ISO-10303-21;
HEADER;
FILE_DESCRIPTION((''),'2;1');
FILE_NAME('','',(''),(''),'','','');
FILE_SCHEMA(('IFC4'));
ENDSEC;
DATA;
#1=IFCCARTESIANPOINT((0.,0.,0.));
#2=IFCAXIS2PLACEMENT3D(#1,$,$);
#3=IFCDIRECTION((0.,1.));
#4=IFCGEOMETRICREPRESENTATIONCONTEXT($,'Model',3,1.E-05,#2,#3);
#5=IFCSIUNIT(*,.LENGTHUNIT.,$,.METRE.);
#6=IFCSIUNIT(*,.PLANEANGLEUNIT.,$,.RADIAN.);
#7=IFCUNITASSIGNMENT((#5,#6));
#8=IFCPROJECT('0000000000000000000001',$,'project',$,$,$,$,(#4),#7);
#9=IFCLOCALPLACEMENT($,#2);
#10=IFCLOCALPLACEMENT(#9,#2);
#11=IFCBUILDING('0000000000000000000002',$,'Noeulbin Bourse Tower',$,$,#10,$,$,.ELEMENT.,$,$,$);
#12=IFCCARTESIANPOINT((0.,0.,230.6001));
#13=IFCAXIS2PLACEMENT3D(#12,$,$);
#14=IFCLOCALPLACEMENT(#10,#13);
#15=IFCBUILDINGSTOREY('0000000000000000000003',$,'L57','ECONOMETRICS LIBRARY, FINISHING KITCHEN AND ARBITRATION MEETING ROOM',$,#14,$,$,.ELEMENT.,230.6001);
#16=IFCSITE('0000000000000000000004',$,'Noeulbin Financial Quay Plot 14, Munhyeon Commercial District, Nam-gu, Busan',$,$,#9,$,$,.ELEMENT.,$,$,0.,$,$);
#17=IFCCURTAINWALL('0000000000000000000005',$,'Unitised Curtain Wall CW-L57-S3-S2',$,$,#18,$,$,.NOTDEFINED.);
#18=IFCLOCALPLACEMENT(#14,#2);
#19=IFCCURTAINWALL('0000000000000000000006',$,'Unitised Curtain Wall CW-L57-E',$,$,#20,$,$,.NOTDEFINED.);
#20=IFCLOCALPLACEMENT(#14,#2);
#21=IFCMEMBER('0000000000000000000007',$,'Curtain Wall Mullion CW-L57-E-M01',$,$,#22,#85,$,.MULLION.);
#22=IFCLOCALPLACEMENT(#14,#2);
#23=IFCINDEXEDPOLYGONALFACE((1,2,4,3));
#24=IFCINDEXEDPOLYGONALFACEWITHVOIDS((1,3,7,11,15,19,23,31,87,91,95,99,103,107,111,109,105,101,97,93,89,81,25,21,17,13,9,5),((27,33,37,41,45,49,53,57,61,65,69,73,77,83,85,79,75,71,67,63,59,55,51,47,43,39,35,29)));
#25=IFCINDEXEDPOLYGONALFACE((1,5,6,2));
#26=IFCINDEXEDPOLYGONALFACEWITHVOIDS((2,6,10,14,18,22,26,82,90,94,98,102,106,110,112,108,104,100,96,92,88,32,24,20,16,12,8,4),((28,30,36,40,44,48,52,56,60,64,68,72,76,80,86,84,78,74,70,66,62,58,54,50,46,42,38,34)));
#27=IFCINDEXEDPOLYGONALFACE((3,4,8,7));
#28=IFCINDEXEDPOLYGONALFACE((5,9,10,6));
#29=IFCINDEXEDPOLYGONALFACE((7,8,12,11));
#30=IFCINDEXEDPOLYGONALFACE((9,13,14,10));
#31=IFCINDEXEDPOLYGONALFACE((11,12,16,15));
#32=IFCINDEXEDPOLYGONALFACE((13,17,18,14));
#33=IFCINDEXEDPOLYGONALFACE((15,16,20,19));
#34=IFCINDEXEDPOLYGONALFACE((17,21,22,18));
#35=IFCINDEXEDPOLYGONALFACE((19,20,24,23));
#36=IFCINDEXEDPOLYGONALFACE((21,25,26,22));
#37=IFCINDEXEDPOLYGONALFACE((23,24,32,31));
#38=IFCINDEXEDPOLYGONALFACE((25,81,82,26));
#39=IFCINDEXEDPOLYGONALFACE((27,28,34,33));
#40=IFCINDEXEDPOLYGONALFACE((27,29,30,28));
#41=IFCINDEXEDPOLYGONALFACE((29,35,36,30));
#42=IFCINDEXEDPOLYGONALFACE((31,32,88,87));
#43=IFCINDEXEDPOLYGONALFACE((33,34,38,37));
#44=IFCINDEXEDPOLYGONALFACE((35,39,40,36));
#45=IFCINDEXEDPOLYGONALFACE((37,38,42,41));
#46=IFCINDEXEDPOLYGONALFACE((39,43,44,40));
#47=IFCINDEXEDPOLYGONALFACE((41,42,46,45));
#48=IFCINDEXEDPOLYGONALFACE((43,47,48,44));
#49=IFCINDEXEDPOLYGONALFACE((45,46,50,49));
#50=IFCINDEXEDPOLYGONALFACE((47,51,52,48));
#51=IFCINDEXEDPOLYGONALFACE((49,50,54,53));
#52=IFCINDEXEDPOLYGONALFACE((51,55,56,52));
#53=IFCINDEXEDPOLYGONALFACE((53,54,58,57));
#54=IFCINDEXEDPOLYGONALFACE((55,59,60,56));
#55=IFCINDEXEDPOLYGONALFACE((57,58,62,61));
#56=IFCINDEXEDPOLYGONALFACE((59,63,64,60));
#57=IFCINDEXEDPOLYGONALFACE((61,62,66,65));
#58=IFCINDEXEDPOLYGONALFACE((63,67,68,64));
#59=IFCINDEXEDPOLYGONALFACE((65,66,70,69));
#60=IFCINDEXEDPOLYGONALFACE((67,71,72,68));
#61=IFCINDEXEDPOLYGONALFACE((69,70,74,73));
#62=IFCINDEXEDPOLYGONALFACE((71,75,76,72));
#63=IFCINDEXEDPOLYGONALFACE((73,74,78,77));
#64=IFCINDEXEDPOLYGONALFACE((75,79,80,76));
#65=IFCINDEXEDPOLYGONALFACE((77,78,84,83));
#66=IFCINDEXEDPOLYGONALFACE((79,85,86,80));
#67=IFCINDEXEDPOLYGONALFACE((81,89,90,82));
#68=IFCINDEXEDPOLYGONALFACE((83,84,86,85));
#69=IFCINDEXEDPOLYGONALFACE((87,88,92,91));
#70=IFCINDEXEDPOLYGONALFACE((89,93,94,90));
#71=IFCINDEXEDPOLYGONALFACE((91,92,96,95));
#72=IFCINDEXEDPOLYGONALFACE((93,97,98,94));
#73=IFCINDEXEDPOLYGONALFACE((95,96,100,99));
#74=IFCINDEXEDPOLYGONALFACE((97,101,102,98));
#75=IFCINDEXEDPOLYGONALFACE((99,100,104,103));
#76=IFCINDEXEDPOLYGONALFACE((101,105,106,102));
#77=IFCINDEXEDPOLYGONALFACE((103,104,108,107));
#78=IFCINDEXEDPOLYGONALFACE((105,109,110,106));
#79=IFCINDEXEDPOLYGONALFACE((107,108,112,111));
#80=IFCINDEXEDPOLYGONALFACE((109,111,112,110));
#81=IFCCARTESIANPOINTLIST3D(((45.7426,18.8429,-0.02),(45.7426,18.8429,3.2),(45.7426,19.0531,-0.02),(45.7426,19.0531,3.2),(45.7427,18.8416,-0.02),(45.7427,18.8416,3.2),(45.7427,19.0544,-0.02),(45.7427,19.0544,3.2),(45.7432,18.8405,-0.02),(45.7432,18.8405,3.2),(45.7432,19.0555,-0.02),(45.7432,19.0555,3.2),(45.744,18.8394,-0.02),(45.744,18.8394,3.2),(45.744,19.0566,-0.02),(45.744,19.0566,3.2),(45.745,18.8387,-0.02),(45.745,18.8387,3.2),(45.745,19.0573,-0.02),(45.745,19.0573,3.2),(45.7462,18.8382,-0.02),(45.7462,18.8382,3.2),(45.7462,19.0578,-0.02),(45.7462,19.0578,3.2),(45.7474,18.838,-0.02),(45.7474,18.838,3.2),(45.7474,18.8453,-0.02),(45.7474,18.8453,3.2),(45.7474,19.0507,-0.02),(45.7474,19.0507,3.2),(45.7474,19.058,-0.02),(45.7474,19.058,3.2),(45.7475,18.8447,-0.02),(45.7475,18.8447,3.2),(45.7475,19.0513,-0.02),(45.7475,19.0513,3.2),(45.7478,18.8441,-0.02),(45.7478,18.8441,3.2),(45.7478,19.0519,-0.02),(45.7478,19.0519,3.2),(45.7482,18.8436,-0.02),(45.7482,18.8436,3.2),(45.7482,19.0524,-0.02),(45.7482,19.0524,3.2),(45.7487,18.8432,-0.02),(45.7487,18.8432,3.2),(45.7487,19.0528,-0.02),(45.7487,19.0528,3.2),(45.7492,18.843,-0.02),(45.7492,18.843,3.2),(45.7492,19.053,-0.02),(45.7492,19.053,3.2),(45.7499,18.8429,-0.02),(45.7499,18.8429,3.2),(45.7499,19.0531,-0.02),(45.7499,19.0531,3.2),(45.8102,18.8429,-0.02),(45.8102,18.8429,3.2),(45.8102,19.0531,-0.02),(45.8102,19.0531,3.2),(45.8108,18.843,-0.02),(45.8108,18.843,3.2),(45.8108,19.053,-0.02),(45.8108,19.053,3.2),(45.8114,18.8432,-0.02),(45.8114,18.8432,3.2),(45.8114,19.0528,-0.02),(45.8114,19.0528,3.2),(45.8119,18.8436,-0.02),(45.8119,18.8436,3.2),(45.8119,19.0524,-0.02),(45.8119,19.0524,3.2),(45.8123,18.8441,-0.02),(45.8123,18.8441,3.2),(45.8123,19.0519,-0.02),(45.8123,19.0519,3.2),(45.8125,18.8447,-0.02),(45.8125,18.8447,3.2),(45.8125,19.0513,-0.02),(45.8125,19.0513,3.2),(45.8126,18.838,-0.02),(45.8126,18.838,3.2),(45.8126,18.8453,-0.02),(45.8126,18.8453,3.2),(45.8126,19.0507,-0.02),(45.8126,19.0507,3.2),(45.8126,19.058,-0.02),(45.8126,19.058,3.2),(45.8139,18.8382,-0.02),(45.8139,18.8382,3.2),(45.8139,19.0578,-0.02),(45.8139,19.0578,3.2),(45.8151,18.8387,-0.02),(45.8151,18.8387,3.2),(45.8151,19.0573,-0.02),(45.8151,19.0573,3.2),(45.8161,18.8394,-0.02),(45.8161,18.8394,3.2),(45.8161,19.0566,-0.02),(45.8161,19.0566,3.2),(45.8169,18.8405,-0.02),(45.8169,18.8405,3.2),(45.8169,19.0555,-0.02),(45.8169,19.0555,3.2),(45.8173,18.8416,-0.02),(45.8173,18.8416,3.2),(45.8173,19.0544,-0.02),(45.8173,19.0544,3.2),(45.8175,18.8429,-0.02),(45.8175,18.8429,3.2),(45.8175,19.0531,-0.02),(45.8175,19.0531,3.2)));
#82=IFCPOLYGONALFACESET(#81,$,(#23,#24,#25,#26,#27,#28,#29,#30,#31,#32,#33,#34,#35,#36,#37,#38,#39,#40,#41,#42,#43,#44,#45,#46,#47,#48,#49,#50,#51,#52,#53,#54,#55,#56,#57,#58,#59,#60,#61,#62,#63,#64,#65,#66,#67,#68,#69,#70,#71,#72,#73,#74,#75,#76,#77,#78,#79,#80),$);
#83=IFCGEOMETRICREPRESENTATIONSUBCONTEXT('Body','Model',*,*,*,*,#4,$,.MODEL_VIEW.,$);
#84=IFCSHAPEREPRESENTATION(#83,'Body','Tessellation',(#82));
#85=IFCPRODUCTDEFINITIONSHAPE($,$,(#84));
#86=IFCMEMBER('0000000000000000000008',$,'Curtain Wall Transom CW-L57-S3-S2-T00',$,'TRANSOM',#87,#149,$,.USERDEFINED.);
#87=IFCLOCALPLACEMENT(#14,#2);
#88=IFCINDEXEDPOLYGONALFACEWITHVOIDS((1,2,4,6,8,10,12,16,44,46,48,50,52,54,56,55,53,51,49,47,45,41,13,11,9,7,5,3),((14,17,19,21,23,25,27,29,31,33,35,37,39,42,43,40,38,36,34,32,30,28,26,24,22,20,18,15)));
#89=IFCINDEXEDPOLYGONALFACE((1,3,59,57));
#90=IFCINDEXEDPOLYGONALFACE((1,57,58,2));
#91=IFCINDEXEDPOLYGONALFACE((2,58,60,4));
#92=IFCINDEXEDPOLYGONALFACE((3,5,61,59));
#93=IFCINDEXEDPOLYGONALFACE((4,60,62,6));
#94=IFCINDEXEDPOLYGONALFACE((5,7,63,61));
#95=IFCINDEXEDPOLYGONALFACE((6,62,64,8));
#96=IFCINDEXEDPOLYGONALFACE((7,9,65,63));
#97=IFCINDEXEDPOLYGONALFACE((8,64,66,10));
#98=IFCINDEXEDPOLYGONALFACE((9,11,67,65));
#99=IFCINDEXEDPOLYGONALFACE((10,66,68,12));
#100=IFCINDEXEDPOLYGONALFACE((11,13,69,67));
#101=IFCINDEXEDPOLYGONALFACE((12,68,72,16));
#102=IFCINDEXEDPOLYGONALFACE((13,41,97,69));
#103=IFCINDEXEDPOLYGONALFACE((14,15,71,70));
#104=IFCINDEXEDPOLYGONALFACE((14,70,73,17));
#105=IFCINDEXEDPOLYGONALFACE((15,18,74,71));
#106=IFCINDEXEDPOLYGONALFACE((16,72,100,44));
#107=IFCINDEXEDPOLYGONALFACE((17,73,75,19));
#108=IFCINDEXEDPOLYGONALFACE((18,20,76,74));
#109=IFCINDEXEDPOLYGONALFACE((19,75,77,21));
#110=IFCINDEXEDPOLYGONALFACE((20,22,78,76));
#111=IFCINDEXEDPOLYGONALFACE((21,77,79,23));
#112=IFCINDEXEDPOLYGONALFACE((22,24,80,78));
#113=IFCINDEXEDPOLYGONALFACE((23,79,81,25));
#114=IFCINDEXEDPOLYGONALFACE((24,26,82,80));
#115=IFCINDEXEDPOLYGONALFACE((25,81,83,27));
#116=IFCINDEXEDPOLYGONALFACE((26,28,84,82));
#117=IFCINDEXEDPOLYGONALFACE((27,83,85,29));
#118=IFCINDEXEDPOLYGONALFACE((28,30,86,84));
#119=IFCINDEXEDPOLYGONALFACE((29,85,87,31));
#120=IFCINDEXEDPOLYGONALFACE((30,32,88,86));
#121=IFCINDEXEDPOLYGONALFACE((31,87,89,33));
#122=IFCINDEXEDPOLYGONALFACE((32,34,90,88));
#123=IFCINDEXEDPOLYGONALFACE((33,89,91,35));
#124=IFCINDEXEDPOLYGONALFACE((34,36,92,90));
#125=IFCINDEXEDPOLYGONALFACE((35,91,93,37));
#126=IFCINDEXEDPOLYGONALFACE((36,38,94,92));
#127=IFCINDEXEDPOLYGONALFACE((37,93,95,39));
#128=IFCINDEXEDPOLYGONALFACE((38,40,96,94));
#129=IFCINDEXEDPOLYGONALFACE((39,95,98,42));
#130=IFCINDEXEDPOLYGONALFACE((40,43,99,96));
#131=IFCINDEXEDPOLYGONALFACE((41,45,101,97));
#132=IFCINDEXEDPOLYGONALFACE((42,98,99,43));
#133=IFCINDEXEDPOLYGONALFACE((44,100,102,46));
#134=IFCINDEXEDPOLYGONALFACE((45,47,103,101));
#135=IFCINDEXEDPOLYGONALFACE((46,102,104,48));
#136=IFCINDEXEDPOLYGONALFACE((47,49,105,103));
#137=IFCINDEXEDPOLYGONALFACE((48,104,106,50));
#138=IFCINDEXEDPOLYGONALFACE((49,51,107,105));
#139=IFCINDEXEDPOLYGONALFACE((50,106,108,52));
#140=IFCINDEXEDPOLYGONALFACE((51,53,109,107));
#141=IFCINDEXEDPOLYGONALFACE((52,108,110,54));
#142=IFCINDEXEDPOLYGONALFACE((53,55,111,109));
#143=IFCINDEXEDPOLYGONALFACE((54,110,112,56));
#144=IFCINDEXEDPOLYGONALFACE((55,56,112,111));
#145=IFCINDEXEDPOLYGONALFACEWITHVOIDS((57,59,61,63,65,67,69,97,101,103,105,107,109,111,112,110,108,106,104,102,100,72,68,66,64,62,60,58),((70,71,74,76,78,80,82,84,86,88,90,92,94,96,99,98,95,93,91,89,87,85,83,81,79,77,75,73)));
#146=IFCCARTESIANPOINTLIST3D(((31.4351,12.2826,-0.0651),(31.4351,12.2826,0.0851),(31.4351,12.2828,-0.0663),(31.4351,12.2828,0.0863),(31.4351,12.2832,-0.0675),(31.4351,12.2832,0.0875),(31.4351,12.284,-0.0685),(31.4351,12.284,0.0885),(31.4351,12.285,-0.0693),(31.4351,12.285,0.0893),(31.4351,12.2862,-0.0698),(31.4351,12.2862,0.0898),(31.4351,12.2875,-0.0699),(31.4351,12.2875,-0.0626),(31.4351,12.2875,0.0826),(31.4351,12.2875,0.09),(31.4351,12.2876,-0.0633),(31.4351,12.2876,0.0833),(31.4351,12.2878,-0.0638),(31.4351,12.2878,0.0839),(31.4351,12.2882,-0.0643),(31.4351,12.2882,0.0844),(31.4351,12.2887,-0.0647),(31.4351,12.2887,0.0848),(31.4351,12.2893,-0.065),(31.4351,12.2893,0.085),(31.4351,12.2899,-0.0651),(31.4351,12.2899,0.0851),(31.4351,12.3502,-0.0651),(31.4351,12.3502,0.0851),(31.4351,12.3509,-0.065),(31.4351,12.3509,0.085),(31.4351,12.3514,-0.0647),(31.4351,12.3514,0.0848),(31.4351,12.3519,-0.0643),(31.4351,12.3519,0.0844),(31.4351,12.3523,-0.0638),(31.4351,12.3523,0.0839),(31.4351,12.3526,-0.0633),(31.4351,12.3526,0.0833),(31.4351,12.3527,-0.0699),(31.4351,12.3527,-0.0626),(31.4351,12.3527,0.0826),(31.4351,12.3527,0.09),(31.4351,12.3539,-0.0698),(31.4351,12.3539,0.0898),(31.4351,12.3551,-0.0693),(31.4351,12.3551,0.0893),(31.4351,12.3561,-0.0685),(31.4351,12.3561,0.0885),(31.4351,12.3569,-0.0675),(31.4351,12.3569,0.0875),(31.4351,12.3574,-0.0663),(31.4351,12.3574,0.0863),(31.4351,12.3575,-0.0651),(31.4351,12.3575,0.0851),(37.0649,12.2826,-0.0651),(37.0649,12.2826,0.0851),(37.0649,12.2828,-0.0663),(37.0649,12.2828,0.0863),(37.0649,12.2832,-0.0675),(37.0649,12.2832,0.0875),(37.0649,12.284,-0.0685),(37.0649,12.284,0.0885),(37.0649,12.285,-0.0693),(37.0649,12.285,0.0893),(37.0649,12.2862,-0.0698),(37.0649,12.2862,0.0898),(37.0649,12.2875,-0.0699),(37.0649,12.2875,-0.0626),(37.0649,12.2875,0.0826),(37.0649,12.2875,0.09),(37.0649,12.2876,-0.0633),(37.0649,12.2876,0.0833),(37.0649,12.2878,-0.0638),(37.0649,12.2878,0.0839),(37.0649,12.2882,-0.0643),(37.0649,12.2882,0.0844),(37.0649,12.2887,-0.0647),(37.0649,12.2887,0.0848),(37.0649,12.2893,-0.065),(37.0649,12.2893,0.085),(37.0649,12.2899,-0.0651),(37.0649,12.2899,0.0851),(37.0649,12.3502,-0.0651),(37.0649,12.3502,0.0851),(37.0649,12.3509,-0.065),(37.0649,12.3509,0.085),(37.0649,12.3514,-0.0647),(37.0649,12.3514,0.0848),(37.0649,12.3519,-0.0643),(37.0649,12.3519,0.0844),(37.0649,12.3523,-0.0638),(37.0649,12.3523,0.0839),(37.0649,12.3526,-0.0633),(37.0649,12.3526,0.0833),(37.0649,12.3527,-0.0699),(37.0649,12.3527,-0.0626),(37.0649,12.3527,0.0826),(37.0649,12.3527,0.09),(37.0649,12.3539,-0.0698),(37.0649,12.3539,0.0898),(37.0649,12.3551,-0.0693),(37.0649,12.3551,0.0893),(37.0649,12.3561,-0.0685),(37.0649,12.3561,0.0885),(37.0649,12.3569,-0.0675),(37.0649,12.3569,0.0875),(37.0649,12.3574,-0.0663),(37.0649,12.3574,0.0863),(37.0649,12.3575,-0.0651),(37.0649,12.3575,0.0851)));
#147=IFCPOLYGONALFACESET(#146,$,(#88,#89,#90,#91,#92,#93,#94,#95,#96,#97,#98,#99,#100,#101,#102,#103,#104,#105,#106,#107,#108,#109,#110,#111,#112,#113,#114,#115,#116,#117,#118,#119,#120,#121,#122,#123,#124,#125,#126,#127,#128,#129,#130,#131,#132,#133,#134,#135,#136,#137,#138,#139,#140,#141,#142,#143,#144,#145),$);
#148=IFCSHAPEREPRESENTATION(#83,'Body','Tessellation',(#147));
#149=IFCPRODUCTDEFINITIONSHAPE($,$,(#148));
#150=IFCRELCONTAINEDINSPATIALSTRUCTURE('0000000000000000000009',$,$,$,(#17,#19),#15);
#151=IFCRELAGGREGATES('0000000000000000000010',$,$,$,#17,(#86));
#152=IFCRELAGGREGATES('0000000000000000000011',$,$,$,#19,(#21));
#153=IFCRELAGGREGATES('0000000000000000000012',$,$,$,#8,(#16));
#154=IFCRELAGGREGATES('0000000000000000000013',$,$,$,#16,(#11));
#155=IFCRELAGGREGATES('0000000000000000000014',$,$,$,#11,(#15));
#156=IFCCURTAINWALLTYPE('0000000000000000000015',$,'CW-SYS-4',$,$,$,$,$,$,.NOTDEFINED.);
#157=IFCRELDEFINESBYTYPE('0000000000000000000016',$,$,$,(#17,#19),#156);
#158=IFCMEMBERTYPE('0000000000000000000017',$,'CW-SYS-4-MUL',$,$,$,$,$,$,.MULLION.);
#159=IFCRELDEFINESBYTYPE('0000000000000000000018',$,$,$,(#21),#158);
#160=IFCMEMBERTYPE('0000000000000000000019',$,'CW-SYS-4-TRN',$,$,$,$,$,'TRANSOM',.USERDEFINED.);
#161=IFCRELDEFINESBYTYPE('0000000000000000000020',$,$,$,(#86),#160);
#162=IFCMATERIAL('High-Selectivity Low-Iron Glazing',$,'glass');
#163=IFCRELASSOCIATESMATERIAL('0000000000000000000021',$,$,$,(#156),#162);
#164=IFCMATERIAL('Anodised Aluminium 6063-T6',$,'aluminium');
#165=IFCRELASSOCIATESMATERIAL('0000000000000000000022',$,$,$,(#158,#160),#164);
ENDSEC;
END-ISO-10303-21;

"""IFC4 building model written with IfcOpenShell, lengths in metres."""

from ifc_helpers import new_model, si_unit, direction, frame, origin, origin_2d, place, context, subcontext, project, spatial, hollow_rectangle, extrude, material, material_profile, profile_set, type_object, element, aggregate, save


model = new_model("IFC4")

# Units and contexts
model_context = context("Model", 3, precision=1e-05, world=origin(), true_north=direction((0.0, 1.0)))
body_context = subcontext(model_context, "Body", "Model", "MODEL_VIEW")
ifc_project = project(units=[si_unit("LENGTHUNIT", "METRE"), si_unit("PLANEANGLEUNIT", "RADIAN")], contexts=[model_context])

# Site, building, storey
site_placement = place(None, origin())
site = spatial("IfcSite", under=ifc_project, at=site_placement, Name="Noeulbin Financial Quay Plot 14, Munhyeon Commercial District, Nam-gu, Busan", CompositionType="ELEMENT", RefElevation=0.0)
building_placement = place(site_placement, origin())
building = spatial("IfcBuilding", under=site, at=building_placement, Name="Noeulbin Bourse Tower", CompositionType="ELEMENT")
storey_placement = place(building_placement, frame((0.0, 0.0, 230.6001)))
storey = spatial("IfcBuildingStorey", under=building, at=storey_placement, Name="L57", Description="ECONOMETRICS LIBRARY, FINISHING KITCHEN AND ARBITRATION MEETING ROOM", CompositionType="ELEMENT", Elevation=230.6001)

# Curtain walls, member
ifc_material_1 = material(Name="High-Selectivity Low-Iron Glazing", Category="glass")
curtain_wall_type = type_object("IfcCurtainWallType", Name="CW-SYS-4", PredefinedType="NOTDEFINED", material=ifc_material_1)
curtain_wall_1_placement = place(storey_placement, origin())
curtain_wall_1 = element("IfcCurtainWall", 1, at=curtain_wall_1_placement, inside=storey, type_object=curtain_wall_type, Name="Unitised Curtain Wall CW-L57-S3-S2", PredefinedType="NOTDEFINED")
ifc_material_2 = material(Name="Anodised Aluminium 6063-T6", Category="aluminium")
ifc_material_profile_1 = material_profile(ifc_material_2, hollow_rectangle(XDim=0.075, YDim=0.22, WallThickness=0.0049, InnerFilletRadius=0.0024, OuterFilletRadius=0.0049, at=origin_2d()), Name="ALU-MULL-75x220x5", Category="LoadBearing")
ifc_profile_set_1 = profile_set([ifc_material_profile_1], Name="Anodised Aluminium 6063-T6")
member_type_1 = type_object("IfcMemberType", Name="CW-SYS-4-MUL", PredefinedType="MULLION", material=ifc_profile_set_1)
curtain_wall_2_placement = place(storey_placement, origin())
curtain_wall_2 = element("IfcCurtainWall", 2, at=curtain_wall_2_placement, inside=storey, type_object=curtain_wall_type, Name="Unitised Curtain Wall CW-L57-E", PredefinedType="NOTDEFINED")
member_1_placement = place(storey_placement, frame((45.78, 18.948, -0.02), z_axis=(0.0, 0.0, 1.0), x_axis=(1.0, 0.0, 0.0)))
member_1 = element("IfcMember", 3, at=member_1_placement, type_object=member_type_1, Name="Curtain Wall Mullion CW-L57-E-M01", PredefinedType="MULLION", context=body_context, shape_type="SweptSolid", body=[
    extrude(hollow_rectangle(XDim=0.075, YDim=0.22, WallThickness=0.0049, InnerFilletRadius=0.0024, OuterFilletRadius=0.0049, at=origin_2d()), origin(), (0.0, 0.0, 1.0), 3.22),
])

# Member
ifc_material_profile_2 = material_profile(ifc_material_2, hollow_rectangle(XDim=0.075, YDim=0.1599, WallThickness=0.0049, InnerFilletRadius=0.0024, OuterFilletRadius=0.0049, at=origin_2d()), Name="ALU-TRAN-75x160x5", Category="LoadBearing")
ifc_profile_set_2 = profile_set([ifc_material_profile_2], Name="Anodised Aluminium 6063-T6")
member_type_2 = type_object("IfcMemberType", Name="CW-SYS-4-TRN", ElementType="TRANSOM", PredefinedType="USERDEFINED", material=ifc_profile_set_2)
member_2_placement = place(storey_placement, frame((31.4351, 12.3201, 0.01), z_axis=(1.0, 0.0, 0.0), x_axis=(0.0, 1.0, 0.0)))
member_2 = element("IfcMember", 4, at=member_2_placement, type_object=member_type_2, Name="Curtain Wall Transom CW-L57-S3-S2-T00", ObjectType="TRANSOM", PredefinedType="USERDEFINED", context=body_context, shape_type="SweptSolid", body=[
    extrude(hollow_rectangle(XDim=0.075, YDim=0.1599, WallThickness=0.0049, InnerFilletRadius=0.0024, OuterFilletRadius=0.0049, at=origin_2d()), origin(), (0.0, 0.0, 1.0), 5.6299),
])

aggregate(curtain_wall_1, [member_2])
aggregate(curtain_wall_2, [member_1])

save(model, "model.ifc")
